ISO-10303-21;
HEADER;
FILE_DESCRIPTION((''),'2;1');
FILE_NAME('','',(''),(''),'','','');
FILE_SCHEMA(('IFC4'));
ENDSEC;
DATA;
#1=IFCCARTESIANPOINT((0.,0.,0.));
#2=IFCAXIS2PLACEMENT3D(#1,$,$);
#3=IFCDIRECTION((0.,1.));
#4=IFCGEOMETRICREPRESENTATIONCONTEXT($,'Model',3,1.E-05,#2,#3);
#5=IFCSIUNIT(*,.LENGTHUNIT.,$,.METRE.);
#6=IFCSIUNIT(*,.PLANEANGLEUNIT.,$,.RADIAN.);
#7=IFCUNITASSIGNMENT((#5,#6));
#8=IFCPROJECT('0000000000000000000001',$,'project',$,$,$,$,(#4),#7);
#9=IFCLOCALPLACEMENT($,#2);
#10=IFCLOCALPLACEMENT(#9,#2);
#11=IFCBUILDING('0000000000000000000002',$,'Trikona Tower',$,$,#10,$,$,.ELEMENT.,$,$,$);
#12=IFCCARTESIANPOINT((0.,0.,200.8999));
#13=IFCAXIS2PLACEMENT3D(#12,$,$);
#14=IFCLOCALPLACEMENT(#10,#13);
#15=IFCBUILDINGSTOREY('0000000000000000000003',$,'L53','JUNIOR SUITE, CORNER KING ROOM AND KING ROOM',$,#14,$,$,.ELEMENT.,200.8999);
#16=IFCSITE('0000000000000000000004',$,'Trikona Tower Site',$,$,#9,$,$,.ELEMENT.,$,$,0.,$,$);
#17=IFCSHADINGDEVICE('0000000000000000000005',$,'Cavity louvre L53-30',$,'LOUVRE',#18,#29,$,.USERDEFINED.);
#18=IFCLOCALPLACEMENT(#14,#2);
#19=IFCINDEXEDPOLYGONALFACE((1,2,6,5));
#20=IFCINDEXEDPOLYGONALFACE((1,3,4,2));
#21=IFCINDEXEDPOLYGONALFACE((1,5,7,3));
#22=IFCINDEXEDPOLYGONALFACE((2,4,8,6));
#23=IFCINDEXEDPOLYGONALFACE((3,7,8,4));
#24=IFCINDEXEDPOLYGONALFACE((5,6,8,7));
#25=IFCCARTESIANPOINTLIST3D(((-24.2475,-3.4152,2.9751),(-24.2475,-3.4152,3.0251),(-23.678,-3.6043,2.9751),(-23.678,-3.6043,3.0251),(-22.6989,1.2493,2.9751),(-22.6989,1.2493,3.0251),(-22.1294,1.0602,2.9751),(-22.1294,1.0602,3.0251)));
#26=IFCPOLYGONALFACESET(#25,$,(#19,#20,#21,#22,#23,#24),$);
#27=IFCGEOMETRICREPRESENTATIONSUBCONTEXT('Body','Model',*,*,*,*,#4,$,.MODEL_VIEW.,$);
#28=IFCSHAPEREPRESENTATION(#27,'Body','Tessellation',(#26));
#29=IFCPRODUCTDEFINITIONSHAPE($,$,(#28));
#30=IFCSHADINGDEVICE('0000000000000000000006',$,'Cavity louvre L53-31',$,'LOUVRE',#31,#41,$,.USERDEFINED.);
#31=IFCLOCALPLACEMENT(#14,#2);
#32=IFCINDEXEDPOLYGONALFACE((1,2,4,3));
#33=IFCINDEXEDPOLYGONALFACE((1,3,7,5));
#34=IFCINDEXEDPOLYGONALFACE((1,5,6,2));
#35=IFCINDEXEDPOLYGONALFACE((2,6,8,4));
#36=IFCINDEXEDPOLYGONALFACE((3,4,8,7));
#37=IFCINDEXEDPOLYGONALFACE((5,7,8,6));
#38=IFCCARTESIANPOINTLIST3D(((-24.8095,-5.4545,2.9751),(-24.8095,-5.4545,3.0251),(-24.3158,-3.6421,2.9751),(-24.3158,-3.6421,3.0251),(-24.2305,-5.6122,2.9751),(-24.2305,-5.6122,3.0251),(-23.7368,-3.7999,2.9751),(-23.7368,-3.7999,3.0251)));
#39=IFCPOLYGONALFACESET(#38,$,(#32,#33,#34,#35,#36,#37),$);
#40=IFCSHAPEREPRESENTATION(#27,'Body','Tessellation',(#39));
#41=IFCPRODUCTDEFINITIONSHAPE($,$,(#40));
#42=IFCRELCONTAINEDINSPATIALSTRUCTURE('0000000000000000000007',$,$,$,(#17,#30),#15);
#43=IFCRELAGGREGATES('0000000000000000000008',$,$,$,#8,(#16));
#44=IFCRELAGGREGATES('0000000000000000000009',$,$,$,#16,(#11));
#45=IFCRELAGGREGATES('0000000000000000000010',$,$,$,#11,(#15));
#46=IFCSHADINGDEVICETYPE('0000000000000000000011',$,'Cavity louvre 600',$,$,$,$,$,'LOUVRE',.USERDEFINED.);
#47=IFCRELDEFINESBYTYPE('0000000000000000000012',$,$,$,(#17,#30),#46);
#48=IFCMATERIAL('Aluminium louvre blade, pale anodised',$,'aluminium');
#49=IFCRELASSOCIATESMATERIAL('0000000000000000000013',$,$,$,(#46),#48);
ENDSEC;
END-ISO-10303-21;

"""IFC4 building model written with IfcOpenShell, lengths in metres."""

from ifc_helpers import new_model, si_unit, direction, frame, origin, origin_2d, place, context, subcontext, project, spatial, rectangle, extrude, material, type_object, element, save


model = new_model("IFC4")

# Units and contexts
model_context = context("Model", 3, precision=1e-05, world=origin(), true_north=direction((0.0, 1.0)))
body_context = subcontext(model_context, "Body", "Model", "MODEL_VIEW")
ifc_project = project(units=[si_unit("LENGTHUNIT", "METRE"), si_unit("PLANEANGLEUNIT", "RADIAN")], contexts=[model_context])

# Site, building, storey
site_placement = place(None, origin())
site = spatial("IfcSite", under=ifc_project, at=site_placement, Name="Trikona Tower Site", CompositionType="ELEMENT", RefElevation=0.0)
building_placement = place(site_placement, origin())
building = spatial("IfcBuilding", under=site, at=building_placement, Name="Trikona Tower", CompositionType="ELEMENT")
storey_placement = place(building_placement, frame((0.0, 0.0, 200.8999)))
storey = spatial("IfcBuildingStorey", under=building, at=storey_placement, Name="L53", Description="JUNIOR SUITE, CORNER KING ROOM AND KING ROOM", CompositionType="ELEMENT", Elevation=200.8999)

# Shading devices
ifc_material_1 = material(Name="Aluminium louvre blade, pale anodised", Category="aluminium")
shading_device_type = type_object("IfcShadingDeviceType", Name="Cavity louvre 600", ElementType="LOUVRE", PredefinedType="USERDEFINED", material=ifc_material_1)
shading_device_1_placement = place(storey_placement, frame((-23.1885, -1.1775, 2.9751), z_axis=(0.0, 0.0, 1.0), x_axis=(-0.315093, -0.949061, 0.0)))
element("IfcShadingDevice", 1, at=shading_device_1_placement, inside=storey, type_object=shading_device_type, Name="Cavity louvre L53-30", ObjectType="LOUVRE", PredefinedType="USERDEFINED", context=body_context, shape_type="SweptSolid", body=[
    extrude(rectangle(XDim=4.9148, YDim=0.6001, at=origin_2d()), origin(), (0.0, 0.0, 1.0), 0.05),
])
shading_device_2_placement = place(storey_placement, frame((-24.2732, -4.6272, 2.9751), z_axis=(0.0, 0.0, 1.0), x_axis=(-0.262822, -0.964844, 0.0)))
element("IfcShadingDevice", 2, at=shading_device_2_placement, inside=storey, type_object=shading_device_type, Name="Cavity louvre L53-31", ObjectType="LOUVRE", PredefinedType="USERDEFINED", context=body_context, shape_type="SweptSolid", body=[
    extrude(rectangle(XDim=1.8784, YDim=0.6001, at=origin_2d()), origin(), (0.0, 0.0, 1.0), 0.05),
])

save(model, "model.ifc")
